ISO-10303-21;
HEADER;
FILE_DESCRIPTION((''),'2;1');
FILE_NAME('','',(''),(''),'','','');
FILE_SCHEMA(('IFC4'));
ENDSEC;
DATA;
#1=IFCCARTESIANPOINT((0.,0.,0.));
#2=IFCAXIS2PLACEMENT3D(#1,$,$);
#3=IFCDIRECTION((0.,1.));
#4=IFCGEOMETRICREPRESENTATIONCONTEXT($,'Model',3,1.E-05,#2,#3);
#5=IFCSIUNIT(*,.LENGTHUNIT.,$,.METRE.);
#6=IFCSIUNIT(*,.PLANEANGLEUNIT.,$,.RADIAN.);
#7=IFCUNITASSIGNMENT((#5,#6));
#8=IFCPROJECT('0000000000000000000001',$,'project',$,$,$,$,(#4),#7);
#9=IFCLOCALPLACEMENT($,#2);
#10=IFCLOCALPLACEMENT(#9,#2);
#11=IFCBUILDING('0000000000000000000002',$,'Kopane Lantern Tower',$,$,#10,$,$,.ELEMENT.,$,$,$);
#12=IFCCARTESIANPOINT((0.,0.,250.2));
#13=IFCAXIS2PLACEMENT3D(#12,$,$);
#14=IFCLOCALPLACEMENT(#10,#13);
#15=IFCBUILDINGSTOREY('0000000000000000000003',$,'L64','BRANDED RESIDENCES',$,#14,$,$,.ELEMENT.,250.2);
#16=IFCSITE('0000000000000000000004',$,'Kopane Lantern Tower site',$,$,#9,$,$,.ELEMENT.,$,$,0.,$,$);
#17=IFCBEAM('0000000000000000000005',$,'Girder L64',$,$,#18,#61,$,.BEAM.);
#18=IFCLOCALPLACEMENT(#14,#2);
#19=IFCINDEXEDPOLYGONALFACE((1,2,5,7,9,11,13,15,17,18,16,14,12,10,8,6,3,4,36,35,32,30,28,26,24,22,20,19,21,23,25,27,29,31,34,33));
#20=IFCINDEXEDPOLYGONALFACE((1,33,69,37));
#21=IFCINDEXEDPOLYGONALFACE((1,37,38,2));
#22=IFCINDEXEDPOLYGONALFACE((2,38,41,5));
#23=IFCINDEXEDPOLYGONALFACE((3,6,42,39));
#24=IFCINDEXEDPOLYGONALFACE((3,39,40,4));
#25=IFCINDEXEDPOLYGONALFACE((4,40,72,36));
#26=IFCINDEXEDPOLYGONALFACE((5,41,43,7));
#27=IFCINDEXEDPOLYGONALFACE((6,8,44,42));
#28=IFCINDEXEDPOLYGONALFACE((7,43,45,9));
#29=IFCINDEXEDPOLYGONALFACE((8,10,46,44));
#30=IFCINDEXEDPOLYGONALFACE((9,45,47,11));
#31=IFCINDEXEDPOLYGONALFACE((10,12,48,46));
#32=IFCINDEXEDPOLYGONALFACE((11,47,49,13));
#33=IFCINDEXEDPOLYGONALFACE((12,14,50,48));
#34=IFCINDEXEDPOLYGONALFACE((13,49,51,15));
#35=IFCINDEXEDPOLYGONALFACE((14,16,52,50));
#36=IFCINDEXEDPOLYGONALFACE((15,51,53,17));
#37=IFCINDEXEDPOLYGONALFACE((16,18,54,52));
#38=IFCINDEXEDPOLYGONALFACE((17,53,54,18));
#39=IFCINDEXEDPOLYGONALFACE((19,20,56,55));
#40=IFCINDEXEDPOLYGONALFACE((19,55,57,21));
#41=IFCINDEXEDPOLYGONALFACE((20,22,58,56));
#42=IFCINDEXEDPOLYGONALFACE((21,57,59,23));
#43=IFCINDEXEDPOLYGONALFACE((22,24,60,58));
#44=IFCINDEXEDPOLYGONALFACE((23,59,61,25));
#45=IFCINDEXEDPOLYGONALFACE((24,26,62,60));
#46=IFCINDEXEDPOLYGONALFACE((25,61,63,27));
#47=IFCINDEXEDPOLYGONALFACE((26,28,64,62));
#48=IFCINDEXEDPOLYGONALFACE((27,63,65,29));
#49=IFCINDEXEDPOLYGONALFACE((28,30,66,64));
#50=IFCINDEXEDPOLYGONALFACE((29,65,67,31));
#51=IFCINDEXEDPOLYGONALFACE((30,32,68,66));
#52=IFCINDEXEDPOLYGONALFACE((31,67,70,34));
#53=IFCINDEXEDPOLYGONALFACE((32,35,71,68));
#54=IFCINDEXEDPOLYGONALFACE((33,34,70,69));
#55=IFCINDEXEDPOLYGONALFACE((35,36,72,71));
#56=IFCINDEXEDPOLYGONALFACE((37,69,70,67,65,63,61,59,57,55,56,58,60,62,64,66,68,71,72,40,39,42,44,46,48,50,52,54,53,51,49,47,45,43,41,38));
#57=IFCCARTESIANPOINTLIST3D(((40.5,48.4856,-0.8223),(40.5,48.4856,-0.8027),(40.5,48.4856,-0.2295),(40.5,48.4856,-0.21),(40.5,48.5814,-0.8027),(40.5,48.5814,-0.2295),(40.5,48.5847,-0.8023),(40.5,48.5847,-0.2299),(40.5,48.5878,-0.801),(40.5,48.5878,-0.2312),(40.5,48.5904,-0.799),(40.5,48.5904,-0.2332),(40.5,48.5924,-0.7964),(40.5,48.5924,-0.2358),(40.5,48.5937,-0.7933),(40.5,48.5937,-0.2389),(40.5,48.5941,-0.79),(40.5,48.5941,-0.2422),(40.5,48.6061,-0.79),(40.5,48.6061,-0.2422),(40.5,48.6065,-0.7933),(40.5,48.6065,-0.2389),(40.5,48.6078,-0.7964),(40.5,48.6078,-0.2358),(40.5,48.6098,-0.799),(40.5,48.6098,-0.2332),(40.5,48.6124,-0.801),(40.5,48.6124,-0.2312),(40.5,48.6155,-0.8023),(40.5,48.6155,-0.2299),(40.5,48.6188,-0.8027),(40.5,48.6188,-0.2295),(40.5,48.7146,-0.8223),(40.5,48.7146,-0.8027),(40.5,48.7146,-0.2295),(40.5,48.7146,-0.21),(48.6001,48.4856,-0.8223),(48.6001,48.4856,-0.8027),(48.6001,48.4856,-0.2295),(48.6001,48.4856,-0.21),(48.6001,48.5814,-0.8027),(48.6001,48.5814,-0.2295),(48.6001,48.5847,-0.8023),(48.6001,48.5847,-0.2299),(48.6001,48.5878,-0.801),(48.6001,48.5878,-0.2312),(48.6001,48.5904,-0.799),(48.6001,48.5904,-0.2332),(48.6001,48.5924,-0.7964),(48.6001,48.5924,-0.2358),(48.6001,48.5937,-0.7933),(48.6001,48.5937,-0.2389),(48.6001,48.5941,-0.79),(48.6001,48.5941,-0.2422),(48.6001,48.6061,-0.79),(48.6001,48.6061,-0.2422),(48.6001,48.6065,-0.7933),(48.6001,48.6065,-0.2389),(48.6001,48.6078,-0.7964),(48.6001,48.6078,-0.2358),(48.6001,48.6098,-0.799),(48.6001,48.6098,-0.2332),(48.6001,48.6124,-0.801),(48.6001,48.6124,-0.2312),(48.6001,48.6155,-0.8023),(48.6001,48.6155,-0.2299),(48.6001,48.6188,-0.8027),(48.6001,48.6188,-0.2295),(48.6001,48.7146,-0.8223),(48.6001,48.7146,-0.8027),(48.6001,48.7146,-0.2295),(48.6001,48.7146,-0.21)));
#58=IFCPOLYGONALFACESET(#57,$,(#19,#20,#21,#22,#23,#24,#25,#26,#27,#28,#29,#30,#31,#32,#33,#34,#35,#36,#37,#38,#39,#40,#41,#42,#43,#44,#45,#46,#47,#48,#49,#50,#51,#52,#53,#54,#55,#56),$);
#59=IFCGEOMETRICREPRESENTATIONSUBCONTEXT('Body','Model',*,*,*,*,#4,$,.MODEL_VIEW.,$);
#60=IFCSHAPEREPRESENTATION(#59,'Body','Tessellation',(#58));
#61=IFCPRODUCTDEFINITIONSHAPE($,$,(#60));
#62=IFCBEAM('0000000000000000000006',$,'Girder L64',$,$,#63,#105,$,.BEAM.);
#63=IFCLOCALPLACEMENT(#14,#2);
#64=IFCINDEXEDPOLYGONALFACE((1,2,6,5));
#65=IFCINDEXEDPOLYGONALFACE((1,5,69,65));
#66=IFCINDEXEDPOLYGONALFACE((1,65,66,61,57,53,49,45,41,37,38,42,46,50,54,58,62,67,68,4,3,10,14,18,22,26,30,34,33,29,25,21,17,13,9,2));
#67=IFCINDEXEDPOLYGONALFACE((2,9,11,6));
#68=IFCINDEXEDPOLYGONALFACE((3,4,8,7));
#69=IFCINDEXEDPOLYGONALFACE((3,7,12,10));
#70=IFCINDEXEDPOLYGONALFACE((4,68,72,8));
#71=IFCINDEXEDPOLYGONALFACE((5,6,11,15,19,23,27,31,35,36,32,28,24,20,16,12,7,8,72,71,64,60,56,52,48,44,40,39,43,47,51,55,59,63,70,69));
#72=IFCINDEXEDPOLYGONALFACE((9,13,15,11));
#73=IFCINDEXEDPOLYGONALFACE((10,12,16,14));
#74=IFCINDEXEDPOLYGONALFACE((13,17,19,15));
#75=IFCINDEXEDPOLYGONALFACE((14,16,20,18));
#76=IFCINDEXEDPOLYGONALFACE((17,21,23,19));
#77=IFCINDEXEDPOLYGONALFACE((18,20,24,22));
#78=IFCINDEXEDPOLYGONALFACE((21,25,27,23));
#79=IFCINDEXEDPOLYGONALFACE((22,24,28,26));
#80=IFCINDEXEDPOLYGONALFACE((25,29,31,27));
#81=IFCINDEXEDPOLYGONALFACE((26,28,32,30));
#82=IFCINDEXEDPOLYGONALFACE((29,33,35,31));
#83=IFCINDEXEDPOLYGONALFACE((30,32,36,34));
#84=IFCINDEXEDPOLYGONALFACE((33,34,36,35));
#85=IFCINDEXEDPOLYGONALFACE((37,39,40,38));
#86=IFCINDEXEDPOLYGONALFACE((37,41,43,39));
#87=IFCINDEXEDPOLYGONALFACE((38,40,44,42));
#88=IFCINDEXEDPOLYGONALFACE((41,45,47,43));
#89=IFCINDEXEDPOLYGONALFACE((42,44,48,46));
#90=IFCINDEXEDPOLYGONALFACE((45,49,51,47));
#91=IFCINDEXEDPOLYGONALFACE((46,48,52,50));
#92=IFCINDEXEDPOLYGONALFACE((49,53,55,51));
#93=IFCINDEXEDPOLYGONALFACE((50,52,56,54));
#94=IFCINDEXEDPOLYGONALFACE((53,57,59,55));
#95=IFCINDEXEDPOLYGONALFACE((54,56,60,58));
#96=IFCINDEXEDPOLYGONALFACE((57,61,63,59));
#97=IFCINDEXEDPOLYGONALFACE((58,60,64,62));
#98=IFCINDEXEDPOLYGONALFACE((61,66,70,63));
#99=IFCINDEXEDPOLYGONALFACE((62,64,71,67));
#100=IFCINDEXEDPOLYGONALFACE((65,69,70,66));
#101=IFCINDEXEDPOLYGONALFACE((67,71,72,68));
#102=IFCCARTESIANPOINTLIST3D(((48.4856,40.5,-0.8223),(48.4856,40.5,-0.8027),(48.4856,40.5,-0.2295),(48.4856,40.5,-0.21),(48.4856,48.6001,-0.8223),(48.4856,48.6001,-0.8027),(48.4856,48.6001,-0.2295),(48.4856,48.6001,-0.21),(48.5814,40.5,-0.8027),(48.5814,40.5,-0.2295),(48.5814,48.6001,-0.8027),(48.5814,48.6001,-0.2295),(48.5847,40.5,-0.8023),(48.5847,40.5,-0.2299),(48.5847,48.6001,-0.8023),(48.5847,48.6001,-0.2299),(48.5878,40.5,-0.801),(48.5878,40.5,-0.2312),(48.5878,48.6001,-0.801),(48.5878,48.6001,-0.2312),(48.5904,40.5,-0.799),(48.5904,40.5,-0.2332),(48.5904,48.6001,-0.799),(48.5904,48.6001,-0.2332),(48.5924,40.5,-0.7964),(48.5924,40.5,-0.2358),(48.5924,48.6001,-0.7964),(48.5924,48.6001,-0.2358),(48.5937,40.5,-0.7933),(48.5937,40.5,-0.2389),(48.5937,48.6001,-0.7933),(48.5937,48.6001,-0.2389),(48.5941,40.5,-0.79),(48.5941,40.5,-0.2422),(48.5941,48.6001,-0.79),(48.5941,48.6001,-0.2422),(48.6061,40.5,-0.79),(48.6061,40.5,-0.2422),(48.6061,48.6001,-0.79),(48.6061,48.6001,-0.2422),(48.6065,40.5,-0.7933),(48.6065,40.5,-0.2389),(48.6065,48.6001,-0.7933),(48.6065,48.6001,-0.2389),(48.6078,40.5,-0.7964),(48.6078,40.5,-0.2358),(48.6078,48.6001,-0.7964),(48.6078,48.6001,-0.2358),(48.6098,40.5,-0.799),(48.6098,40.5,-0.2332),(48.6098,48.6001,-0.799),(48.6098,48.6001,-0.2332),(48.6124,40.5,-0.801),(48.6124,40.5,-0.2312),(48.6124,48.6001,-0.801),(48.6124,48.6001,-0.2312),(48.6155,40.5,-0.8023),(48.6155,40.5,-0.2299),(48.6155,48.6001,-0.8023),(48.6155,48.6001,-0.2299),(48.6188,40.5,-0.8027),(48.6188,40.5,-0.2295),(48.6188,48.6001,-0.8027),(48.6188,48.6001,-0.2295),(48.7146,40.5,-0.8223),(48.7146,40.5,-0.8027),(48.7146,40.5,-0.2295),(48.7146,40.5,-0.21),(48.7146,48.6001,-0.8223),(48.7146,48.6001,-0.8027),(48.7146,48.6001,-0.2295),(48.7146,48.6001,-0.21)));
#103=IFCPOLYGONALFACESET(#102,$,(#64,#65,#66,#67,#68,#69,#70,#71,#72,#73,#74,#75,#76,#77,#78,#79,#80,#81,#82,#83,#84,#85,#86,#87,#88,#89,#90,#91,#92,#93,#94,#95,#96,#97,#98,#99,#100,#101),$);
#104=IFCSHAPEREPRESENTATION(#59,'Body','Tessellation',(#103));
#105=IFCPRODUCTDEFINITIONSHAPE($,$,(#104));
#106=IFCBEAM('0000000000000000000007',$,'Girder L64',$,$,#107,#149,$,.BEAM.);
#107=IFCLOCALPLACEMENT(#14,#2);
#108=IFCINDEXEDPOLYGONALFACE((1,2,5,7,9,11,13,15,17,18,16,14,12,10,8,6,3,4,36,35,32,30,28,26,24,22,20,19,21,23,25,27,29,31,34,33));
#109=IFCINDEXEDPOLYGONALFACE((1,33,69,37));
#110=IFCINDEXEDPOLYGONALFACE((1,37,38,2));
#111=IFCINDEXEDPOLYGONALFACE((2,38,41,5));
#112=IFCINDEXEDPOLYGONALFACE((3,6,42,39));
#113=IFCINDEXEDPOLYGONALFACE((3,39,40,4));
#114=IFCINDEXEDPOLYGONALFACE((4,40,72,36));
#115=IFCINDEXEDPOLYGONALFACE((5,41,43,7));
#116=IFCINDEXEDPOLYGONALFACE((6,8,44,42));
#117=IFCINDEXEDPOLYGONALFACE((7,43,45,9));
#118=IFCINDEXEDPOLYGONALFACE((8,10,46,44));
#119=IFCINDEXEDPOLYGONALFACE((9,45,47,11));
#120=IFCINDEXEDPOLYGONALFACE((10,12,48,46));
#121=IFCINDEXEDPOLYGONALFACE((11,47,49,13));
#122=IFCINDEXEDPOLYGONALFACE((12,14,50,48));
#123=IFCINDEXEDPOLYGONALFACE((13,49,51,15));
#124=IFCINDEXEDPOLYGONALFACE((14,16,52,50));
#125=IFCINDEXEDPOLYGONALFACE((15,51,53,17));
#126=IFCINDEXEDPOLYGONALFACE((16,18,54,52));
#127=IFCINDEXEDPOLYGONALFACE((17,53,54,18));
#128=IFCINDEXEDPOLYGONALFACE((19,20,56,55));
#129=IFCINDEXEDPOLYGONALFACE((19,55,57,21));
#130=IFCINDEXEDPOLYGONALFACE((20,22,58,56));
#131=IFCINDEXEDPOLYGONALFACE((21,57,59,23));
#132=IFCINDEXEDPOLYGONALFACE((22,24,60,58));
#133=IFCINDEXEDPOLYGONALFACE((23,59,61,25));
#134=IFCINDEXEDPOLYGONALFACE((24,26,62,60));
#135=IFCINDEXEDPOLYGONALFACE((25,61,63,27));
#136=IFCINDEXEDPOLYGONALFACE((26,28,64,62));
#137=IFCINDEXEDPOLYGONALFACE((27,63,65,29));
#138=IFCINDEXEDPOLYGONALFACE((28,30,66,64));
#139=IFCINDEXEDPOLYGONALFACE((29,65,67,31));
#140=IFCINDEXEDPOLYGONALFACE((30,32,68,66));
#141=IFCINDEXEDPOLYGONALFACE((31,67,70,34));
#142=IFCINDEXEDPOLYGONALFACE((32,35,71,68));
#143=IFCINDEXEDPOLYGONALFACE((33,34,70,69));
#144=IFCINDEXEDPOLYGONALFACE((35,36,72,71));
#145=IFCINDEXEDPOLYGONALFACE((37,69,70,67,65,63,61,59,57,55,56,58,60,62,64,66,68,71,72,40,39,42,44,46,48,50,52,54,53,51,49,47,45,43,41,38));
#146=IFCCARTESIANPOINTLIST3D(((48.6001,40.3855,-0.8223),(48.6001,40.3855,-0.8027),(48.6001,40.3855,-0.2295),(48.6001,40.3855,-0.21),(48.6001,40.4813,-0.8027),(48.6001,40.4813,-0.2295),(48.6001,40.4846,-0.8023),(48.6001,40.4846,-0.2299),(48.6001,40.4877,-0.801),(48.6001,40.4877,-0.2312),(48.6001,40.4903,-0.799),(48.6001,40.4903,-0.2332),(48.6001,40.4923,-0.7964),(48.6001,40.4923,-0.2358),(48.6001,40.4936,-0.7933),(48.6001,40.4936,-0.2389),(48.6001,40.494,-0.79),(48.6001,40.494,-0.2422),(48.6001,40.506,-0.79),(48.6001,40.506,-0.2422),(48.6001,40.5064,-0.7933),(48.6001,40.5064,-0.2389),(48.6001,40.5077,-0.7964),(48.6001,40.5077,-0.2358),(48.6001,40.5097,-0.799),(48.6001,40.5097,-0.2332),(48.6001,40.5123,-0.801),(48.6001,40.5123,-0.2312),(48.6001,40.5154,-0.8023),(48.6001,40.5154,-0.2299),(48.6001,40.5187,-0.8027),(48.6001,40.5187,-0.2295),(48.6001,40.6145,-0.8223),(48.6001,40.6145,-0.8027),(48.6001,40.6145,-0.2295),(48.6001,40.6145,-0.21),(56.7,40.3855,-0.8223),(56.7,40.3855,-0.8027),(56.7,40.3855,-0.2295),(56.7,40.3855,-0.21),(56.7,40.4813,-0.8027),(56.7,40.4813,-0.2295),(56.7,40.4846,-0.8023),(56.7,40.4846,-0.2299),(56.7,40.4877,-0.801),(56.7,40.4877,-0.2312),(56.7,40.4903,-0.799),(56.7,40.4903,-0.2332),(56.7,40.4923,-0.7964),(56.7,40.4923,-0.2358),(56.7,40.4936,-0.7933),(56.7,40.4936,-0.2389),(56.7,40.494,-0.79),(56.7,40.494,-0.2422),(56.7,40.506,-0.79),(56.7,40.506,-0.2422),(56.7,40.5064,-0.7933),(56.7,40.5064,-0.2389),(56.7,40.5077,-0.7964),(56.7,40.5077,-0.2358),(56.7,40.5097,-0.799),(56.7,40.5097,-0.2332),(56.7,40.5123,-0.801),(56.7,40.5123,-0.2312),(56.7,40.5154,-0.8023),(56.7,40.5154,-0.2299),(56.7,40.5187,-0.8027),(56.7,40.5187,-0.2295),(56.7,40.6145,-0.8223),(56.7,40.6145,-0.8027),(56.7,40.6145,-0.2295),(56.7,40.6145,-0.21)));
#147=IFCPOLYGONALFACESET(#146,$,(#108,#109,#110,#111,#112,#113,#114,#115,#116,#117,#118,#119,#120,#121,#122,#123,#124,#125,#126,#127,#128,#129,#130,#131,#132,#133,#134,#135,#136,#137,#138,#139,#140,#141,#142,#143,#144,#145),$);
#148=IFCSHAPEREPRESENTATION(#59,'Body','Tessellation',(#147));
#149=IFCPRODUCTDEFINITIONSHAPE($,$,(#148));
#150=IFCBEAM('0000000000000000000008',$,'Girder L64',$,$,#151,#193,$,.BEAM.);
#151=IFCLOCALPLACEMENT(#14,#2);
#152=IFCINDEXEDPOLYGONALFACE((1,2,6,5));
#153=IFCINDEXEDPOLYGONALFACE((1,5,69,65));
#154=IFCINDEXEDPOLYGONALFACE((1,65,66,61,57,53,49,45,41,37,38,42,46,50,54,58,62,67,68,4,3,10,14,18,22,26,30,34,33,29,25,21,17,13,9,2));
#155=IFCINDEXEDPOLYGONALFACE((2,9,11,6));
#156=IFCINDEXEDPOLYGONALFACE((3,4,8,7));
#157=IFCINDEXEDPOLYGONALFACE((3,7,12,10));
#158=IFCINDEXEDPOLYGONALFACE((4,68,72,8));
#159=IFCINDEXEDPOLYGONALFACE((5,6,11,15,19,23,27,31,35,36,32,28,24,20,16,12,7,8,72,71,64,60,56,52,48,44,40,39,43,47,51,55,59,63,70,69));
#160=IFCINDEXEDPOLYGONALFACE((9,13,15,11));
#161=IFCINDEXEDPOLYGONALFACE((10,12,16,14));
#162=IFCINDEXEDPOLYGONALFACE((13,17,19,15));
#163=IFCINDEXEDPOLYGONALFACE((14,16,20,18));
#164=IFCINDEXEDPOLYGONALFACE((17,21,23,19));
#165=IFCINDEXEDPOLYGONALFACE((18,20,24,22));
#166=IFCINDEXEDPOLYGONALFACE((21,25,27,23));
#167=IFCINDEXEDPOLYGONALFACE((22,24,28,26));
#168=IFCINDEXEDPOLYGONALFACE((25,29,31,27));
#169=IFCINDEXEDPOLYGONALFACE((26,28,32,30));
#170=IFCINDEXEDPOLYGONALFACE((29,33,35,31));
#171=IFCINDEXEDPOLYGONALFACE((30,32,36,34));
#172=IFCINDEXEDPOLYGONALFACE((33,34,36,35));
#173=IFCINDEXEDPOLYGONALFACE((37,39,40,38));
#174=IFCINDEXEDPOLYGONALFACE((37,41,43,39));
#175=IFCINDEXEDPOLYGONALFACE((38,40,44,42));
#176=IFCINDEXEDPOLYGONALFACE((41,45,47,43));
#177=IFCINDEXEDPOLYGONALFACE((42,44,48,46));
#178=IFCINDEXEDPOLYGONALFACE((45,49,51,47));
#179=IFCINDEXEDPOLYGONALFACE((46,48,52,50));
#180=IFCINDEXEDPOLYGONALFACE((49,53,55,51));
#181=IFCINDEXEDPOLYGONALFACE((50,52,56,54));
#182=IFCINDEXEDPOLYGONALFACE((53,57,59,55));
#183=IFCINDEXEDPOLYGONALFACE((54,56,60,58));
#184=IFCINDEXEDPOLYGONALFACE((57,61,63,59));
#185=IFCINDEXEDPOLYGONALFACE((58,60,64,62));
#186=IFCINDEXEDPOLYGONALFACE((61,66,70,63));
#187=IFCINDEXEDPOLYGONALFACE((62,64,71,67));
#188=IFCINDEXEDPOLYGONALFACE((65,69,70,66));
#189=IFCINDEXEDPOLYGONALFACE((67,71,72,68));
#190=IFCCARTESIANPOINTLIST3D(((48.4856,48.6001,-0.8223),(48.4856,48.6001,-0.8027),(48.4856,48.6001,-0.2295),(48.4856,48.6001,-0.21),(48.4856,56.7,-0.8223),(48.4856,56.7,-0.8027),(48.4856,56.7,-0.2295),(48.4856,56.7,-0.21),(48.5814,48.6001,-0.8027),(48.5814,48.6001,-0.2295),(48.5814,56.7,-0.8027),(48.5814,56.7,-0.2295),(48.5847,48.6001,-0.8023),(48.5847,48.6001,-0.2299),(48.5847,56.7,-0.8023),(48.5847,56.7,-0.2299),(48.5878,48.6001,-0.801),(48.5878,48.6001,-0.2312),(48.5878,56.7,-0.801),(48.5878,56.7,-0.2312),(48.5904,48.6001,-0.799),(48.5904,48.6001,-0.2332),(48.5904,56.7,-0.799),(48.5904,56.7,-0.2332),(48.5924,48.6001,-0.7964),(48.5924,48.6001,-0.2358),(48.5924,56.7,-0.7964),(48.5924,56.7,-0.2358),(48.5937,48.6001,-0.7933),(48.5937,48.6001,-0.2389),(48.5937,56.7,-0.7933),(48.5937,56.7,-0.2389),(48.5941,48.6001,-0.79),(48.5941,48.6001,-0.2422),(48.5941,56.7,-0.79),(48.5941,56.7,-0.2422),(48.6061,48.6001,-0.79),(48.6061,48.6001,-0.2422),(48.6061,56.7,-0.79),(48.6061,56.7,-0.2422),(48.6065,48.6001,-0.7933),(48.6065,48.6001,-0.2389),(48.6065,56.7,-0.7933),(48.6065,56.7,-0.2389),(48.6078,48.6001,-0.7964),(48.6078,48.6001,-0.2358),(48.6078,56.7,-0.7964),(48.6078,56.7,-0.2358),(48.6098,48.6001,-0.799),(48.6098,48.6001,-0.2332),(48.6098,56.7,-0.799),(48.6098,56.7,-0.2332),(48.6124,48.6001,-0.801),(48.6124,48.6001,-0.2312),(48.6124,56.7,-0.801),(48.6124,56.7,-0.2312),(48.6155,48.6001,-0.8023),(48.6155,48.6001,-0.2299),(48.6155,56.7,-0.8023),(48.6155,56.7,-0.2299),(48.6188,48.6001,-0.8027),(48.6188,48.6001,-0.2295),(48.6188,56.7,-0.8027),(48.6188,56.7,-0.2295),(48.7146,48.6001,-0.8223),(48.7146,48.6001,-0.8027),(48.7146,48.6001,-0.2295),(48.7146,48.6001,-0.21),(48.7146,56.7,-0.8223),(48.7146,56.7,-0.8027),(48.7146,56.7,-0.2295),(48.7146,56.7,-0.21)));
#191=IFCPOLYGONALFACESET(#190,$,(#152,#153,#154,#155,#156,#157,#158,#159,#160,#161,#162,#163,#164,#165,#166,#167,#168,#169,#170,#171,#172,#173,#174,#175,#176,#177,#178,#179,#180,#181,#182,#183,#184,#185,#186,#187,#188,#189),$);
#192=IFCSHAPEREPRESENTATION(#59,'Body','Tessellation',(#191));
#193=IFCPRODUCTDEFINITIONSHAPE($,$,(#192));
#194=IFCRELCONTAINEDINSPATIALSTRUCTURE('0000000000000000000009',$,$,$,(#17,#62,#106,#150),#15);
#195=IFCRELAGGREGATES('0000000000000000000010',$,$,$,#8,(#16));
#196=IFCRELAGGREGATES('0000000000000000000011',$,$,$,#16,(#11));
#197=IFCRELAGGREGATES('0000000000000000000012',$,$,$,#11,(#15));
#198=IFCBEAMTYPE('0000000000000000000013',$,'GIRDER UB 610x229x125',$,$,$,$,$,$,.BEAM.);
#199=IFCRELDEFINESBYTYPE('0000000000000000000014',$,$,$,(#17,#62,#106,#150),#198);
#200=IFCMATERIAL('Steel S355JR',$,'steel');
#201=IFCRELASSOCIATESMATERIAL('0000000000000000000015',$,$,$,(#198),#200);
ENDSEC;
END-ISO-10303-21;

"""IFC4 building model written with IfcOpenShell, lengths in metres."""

from ifc_helpers import new_model, si_unit, direction, frame, origin, origin_2d, place, context, subcontext, project, spatial, i_section, extrude, material, material_profile, profile_set, type_object, element, save


model = new_model("IFC4")

# Units and contexts
model_context = context("Model", 3, precision=1e-05, world=origin(), true_north=direction((0.0, 1.0)))
body_context = subcontext(model_context, "Body", "Model", "MODEL_VIEW")
ifc_project = project(units=[si_unit("LENGTHUNIT", "METRE"), si_unit("PLANEANGLEUNIT", "RADIAN")], contexts=[model_context])

# Site, building, storey
site_placement = place(None, origin())
site = spatial("IfcSite", under=ifc_project, at=site_placement, Name="Kopane Lantern Tower site", CompositionType="ELEMENT", RefElevation=0.0)
building_placement = place(site_placement, origin())
building = spatial("IfcBuilding", under=site, at=building_placement, Name="Kopane Lantern Tower", CompositionType="ELEMENT")
storey_placement = place(building_placement, frame((0.0, 0.0, 250.2)))
storey = spatial("IfcBuildingStorey", under=building, at=storey_placement, Name="L64", Description="BRANDED RESIDENCES", CompositionType="ELEMENT", Elevation=250.2)

# Beams
ifc_material_1 = material(Name="Steel S355JR", Category="steel")
ifc_material_profile_1 = material_profile(ifc_material_1, i_section(OverallWidth=0.229, OverallDepth=0.6123, WebThickness=0.012, FlangeThickness=0.0195, FilletRadius=0.0127, at=origin_2d()), Name="UB 610x229x125")
ifc_profile_set_1 = profile_set([ifc_material_profile_1], Name="Steel S355JR")
beam_type = type_object("IfcBeamType", Name="GIRDER UB 610x229x125", PredefinedType="BEAM", material=ifc_profile_set_1)
for number, where, z_axis, x_axis, name in (
    (1, (40.5, 48.6001, -0.5161), (1.0, 0.0, 0.0), (0.0, 1.0, 0.0), "Girder L64"),
    (2, (48.6001, 40.5, -0.5161), (0.0, 1.0, 0.0), (-1.0, 0.0, 0.0), "Girder L64"),
):
    element("IfcBeam", number, at=place(storey_placement, frame(where, z_axis=z_axis, x_axis=x_axis)), inside=storey, type_object=beam_type, Name=name, PredefinedType="BEAM", context=body_context, shape_type="SweptSolid", body=[
        extrude(i_section(OverallWidth=0.229, OverallDepth=0.6123, WebThickness=0.012, FlangeThickness=0.0195, FilletRadius=0.0127, at=origin_2d()), origin(), (0.0, 0.0, 1.0), 8.1001),
    ])
for number, where, z_axis, x_axis, name in (
    (3, (48.6001, 40.5, -0.5161), (1.0, 0.0, 0.0), (0.0, 1.0, 0.0), "Girder L64"),
    (4, (48.6001, 48.6001, -0.5161), (0.0, 1.0, 0.0), (-1.0, 0.0, 0.0), "Girder L64"),
):
    element("IfcBeam", number, at=place(storey_placement, frame(where, z_axis=z_axis, x_axis=x_axis)), inside=storey, type_object=beam_type, Name=name, PredefinedType="BEAM", context=body_context, shape_type="SweptSolid", body=[
        extrude(i_section(OverallWidth=0.229, OverallDepth=0.6123, WebThickness=0.012, FlangeThickness=0.0195, FilletRadius=0.0127, at=origin_2d()), origin(), (0.0, 0.0, 1.0), 8.0999),
    ])

save(model, "model.ifc")
